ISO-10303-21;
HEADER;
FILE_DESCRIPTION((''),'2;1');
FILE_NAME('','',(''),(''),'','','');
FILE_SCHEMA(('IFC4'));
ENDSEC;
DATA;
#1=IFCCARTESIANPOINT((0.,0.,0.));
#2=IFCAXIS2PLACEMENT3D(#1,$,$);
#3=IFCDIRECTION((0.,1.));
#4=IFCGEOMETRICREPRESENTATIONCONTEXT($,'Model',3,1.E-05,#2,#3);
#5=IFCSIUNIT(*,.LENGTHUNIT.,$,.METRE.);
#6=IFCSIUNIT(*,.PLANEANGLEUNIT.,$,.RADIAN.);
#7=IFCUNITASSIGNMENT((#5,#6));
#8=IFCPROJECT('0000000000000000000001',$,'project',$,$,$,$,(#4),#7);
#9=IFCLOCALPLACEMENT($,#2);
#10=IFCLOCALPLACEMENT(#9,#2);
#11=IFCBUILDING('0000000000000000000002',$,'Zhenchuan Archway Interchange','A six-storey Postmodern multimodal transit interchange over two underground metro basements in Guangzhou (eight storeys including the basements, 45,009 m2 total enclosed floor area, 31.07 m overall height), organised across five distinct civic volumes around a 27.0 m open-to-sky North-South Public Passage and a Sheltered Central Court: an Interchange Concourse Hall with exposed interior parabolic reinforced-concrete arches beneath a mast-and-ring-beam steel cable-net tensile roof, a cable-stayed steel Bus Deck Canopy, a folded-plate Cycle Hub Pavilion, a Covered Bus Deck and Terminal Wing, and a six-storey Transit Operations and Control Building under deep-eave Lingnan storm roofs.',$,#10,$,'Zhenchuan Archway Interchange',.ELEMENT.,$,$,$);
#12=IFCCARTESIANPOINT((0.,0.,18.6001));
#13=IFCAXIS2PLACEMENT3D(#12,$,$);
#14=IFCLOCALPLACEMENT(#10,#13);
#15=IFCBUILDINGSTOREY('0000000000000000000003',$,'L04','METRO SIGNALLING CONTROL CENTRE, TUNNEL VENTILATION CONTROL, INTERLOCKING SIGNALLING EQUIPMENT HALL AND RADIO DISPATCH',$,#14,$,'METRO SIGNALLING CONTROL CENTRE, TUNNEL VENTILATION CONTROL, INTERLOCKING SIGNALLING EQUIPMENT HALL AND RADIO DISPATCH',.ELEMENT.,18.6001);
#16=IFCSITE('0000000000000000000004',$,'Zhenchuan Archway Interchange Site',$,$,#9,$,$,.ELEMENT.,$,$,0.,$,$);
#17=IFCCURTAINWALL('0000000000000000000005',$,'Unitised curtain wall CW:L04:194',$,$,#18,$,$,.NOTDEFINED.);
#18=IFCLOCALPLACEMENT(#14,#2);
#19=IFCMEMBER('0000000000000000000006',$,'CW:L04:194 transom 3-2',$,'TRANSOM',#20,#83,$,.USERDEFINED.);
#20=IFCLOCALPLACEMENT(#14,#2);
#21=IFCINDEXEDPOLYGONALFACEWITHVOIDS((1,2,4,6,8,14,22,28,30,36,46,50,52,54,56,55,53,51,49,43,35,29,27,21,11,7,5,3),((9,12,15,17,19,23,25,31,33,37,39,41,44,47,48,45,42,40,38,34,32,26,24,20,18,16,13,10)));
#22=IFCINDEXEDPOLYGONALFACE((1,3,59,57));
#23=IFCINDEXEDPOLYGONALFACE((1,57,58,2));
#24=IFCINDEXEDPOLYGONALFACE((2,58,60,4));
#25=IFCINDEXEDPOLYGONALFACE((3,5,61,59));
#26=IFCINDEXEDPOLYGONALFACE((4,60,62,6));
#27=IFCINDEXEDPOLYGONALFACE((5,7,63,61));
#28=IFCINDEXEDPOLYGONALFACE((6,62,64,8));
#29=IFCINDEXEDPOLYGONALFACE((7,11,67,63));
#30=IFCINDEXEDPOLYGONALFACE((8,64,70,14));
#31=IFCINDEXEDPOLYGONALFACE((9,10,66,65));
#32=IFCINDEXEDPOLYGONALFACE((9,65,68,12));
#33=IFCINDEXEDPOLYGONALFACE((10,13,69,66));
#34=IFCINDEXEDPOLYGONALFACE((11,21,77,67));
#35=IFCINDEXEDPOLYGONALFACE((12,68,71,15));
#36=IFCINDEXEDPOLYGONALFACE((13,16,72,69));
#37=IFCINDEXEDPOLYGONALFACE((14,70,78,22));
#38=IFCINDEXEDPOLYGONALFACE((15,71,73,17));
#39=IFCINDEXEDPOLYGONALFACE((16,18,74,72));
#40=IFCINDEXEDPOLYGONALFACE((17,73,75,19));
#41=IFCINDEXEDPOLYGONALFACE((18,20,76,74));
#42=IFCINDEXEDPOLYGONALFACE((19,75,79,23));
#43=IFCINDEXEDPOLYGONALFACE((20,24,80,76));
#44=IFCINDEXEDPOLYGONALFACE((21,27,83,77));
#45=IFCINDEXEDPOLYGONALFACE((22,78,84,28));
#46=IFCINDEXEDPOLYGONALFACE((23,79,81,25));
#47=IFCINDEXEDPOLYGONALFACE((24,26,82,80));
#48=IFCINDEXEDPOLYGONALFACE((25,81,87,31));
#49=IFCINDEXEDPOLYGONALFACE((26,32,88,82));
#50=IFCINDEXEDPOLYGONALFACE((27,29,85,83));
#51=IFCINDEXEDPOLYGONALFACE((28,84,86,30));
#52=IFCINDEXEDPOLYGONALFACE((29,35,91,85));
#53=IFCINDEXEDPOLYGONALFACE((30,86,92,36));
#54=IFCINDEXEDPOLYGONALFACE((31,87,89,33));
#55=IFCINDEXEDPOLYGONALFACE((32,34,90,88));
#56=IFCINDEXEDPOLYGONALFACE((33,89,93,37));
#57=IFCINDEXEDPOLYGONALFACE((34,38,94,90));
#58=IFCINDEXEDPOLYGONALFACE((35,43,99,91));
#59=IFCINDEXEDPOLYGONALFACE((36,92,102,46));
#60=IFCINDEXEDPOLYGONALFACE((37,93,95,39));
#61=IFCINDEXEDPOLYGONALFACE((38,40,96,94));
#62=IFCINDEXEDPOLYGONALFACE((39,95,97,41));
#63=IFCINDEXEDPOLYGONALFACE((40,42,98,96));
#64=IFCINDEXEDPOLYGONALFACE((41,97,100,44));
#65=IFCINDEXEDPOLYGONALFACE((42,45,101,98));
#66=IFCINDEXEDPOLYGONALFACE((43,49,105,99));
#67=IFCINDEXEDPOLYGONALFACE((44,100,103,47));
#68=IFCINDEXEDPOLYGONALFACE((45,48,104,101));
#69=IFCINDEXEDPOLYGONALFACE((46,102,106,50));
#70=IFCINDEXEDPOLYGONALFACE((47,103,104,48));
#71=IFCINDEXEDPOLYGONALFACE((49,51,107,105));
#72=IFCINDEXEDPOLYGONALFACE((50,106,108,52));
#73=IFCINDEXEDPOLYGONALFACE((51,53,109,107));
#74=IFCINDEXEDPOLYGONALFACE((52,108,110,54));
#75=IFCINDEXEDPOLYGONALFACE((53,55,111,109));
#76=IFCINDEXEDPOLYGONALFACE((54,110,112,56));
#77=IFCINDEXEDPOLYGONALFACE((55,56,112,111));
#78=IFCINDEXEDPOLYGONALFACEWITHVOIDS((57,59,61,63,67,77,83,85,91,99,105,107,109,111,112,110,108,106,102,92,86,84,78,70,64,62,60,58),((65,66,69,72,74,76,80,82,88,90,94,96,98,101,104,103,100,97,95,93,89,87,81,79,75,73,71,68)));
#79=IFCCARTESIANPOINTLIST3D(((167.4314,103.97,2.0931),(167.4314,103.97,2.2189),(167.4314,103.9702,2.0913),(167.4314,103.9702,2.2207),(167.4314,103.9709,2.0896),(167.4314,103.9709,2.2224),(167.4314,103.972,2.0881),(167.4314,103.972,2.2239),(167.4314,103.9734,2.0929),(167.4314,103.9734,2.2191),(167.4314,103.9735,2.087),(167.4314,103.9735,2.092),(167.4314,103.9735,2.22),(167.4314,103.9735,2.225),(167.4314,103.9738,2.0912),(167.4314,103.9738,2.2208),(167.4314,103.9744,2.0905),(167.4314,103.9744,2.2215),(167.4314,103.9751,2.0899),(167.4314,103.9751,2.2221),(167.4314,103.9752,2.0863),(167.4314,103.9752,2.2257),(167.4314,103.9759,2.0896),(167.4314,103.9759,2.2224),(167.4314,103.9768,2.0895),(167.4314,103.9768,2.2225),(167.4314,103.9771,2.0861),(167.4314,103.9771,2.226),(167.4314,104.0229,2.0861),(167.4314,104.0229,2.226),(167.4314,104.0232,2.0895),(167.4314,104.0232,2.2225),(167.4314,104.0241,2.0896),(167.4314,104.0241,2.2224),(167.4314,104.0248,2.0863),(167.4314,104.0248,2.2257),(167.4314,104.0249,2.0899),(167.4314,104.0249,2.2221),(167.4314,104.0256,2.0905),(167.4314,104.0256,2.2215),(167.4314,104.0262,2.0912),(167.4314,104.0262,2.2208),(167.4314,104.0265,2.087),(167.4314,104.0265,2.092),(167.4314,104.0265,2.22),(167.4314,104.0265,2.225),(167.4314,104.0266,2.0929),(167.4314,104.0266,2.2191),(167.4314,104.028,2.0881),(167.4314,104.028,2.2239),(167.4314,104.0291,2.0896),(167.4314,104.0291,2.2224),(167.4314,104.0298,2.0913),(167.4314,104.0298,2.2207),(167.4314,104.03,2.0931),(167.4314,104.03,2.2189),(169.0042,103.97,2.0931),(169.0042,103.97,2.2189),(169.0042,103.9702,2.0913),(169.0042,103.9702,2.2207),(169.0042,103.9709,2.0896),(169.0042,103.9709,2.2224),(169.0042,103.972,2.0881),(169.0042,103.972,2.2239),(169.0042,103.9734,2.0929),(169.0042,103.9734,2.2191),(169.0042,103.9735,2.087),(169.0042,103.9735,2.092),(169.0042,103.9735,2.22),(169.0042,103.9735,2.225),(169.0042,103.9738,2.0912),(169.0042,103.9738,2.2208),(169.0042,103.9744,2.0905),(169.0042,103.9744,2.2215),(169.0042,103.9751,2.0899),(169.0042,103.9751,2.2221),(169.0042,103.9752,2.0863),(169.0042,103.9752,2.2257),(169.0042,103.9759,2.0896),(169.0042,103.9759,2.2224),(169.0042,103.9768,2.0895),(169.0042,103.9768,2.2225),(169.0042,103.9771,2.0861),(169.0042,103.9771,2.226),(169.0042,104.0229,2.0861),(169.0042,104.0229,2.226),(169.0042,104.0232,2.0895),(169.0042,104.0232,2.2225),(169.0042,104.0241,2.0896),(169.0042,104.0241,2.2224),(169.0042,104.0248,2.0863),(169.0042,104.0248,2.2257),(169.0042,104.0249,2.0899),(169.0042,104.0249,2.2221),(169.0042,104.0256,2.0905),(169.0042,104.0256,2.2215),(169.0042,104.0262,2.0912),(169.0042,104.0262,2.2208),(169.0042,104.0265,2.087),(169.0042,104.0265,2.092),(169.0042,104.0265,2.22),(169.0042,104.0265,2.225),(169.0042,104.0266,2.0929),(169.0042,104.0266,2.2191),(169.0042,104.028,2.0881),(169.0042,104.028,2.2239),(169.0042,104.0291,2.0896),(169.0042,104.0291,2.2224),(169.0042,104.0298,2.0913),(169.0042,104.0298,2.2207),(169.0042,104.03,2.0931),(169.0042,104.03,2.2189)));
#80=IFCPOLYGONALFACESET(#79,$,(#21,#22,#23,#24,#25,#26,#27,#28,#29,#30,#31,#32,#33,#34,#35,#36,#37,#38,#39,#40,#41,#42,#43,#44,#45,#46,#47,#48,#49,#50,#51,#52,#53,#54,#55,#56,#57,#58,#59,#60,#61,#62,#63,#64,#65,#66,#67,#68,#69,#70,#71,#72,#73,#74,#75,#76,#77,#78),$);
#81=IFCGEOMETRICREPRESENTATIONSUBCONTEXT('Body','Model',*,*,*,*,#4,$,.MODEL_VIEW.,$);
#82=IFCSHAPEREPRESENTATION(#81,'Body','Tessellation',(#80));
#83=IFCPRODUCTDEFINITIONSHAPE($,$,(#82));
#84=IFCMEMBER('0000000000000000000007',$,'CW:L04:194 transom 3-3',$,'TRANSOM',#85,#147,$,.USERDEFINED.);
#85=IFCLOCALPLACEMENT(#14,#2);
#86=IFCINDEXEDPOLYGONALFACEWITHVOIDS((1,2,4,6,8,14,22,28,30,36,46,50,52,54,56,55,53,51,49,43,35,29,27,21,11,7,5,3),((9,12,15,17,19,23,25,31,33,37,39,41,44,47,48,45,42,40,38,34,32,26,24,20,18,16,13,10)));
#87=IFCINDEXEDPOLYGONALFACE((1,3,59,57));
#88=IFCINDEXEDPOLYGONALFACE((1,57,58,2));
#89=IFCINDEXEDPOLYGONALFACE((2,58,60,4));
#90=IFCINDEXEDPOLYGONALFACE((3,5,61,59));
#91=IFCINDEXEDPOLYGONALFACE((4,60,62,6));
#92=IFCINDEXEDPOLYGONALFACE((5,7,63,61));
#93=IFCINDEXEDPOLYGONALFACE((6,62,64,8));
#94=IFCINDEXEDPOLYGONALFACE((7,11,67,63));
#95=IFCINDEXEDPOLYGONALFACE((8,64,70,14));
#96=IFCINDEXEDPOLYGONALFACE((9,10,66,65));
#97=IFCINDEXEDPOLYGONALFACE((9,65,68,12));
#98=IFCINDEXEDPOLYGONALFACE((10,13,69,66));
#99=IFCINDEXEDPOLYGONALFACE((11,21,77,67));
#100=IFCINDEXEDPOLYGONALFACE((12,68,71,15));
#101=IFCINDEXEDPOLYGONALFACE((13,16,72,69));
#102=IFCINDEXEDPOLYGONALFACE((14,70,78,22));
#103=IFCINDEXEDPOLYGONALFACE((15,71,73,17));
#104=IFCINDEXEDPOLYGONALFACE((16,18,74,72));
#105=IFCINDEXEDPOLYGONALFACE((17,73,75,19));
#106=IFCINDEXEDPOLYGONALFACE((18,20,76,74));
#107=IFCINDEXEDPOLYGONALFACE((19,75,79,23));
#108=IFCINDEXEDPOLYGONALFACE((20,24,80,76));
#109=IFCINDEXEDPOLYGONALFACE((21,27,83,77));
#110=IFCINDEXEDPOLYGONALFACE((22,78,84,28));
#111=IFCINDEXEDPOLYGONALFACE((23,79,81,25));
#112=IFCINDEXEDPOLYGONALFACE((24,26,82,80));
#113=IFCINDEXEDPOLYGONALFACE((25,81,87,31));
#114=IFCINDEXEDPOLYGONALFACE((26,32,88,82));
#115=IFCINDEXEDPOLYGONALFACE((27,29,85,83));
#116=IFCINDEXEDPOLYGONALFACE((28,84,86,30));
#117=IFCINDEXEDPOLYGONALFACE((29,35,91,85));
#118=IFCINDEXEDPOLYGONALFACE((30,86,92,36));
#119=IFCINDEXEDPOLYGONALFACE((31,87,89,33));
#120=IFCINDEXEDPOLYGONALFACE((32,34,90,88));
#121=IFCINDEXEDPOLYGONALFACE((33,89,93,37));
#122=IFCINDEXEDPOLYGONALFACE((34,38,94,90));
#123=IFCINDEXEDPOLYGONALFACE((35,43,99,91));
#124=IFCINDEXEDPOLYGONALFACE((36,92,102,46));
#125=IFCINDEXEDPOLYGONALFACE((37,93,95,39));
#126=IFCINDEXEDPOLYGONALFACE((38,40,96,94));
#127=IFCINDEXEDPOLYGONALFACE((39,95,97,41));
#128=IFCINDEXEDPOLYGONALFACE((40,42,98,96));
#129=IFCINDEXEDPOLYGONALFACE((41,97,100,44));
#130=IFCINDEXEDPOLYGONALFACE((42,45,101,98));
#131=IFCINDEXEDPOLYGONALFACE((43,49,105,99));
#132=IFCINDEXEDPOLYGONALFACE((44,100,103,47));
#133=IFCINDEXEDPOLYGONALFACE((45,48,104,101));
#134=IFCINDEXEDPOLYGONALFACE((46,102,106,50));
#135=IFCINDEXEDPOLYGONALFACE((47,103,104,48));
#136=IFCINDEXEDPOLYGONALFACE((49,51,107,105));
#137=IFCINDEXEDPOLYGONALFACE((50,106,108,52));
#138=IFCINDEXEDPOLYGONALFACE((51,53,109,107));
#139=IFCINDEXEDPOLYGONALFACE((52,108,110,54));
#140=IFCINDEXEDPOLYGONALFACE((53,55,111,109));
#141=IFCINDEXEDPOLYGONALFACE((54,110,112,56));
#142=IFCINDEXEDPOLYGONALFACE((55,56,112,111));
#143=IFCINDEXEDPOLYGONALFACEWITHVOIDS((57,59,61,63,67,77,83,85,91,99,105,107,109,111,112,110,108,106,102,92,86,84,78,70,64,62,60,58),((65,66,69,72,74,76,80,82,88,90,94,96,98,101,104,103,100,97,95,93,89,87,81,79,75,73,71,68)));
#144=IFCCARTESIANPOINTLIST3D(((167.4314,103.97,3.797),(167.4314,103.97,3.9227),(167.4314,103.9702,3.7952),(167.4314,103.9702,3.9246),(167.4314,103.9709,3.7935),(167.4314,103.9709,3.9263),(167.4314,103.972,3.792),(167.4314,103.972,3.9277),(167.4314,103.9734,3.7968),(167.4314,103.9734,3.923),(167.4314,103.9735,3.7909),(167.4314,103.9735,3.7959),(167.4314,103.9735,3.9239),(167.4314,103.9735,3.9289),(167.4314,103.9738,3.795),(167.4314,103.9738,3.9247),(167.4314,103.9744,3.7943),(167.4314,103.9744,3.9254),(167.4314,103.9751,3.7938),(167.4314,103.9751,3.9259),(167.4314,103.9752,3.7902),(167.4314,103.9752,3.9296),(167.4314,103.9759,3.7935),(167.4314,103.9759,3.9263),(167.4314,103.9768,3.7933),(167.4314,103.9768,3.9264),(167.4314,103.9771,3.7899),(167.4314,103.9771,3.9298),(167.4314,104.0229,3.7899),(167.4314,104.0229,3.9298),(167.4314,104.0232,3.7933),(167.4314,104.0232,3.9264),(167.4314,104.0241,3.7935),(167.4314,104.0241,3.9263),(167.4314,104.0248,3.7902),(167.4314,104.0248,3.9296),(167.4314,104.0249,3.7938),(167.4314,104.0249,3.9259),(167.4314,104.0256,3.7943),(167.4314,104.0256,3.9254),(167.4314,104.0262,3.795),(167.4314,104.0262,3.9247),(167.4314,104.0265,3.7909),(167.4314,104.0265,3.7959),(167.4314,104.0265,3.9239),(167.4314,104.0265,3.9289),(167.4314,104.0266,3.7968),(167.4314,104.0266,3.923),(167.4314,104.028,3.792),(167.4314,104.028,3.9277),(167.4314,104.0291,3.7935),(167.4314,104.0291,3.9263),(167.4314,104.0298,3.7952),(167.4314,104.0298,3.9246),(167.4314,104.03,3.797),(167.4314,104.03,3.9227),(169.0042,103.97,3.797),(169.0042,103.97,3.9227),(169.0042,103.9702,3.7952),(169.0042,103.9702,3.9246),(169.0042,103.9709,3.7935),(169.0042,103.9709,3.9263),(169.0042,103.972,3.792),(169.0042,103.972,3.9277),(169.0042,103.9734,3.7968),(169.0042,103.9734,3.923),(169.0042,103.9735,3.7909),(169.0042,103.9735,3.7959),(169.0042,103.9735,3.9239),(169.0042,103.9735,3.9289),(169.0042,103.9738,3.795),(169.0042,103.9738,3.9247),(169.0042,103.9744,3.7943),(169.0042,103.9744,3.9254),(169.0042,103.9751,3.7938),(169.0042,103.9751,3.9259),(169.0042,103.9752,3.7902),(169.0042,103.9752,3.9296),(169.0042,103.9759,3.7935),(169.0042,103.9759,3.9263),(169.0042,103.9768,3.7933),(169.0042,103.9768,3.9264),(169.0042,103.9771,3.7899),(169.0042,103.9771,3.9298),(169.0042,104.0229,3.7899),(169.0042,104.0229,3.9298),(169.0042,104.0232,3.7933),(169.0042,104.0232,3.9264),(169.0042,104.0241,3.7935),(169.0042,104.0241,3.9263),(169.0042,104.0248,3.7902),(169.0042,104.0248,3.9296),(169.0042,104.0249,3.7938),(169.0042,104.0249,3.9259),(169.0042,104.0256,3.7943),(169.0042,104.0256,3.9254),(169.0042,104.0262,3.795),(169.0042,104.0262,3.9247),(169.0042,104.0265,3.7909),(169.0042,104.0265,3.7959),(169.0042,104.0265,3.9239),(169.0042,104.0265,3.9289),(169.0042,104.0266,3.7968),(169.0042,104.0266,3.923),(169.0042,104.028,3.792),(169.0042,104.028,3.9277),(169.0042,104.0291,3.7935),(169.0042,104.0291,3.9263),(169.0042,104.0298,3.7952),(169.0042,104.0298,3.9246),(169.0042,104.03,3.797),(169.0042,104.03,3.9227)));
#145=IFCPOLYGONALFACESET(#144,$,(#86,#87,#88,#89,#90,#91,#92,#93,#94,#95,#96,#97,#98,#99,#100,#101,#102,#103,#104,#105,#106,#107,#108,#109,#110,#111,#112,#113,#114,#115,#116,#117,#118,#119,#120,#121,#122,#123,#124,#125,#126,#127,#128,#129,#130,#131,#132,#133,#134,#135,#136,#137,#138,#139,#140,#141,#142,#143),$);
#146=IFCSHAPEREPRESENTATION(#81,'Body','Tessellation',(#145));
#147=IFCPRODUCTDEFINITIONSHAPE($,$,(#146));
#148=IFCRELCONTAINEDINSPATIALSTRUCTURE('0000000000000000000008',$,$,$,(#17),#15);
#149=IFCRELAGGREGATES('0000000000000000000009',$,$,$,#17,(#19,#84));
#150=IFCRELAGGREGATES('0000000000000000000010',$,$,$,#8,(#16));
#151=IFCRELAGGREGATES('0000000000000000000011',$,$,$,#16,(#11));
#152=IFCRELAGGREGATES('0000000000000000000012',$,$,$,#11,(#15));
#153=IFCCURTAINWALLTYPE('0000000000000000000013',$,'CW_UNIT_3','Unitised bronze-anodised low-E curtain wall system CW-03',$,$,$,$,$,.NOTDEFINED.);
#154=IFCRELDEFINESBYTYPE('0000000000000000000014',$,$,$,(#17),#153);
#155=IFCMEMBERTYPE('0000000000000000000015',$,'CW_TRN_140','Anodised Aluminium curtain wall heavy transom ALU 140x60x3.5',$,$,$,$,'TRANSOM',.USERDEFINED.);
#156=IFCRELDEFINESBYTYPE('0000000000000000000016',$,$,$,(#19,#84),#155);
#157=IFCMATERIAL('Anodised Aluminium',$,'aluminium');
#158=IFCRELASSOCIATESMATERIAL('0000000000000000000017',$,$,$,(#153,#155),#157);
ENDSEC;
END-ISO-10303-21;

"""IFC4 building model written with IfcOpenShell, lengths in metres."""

from ifc_helpers import new_model, si_unit, direction, frame, origin, origin_2d, place, context, subcontext, project, spatial, hollow_rectangle, extrude, material, material_profile, profile_set, type_object, element, aggregate, save


model = new_model("IFC4")

# Units and contexts
model_context = context("Model", 3, precision=1e-05, world=origin(), true_north=direction((0.0, 1.0)))
body_context = subcontext(model_context, "Body", "Model", "MODEL_VIEW")
ifc_project = project(units=[si_unit("LENGTHUNIT", "METRE"), si_unit("PLANEANGLEUNIT", "RADIAN")], contexts=[model_context])

# Site, building, storey
site_placement = place(None, origin())
site = spatial("IfcSite", under=ifc_project, at=site_placement, Name="Zhenchuan Archway Interchange Site", CompositionType="ELEMENT", RefElevation=0.0)
building_placement = place(site_placement, origin())
building = spatial("IfcBuilding", under=site, at=building_placement, Name="Zhenchuan Archway Interchange", Description="A six-storey Postmodern multimodal transit interchange over two underground metro basements in Guangzhou (eight storeys including the basements, 45,009 m2 total enclosed floor area, 31.07 m overall height), organised across five distinct civic volumes around a 27.0 m open-to-sky North-South Public Passage and a Sheltered Central Court: an Interchange Concourse Hall with exposed interior parabolic reinforced-concrete arches beneath a mast-and-ring-beam steel cable-net tensile roof, a cable-stayed steel Bus Deck Canopy, a folded-plate Cycle Hub Pavilion, a Covered Bus Deck and Terminal Wing, and a six-storey Transit Operations and Control Building under deep-eave Lingnan storm roofs.", LongName="Zhenchuan Archway Interchange", CompositionType="ELEMENT")
storey_placement = place(building_placement, frame((0.0, 0.0, 18.6001)))
storey = spatial("IfcBuildingStorey", under=building, at=storey_placement, Name="L04", Description="METRO SIGNALLING CONTROL CENTRE, TUNNEL VENTILATION CONTROL, INTERLOCKING SIGNALLING EQUIPMENT HALL AND RADIO DISPATCH", LongName="METRO SIGNALLING CONTROL CENTRE, TUNNEL VENTILATION CONTROL, INTERLOCKING SIGNALLING EQUIPMENT HALL AND RADIO DISPATCH", CompositionType="ELEMENT", Elevation=18.6001)

# Curtain wall, members
ifc_material_1 = material(Name="Anodised Aluminium", Category="aluminium")
curtain_wall_type = type_object("IfcCurtainWallType", Name="CW_UNIT_3", Description="Unitised bronze-anodised low-E curtain wall system CW-03", PredefinedType="NOTDEFINED", material=ifc_material_1)
curtain_wall_placement = place(storey_placement, origin())
curtain_wall = element("IfcCurtainWall", 1, at=curtain_wall_placement, inside=storey, type_object=curtain_wall_type, Name="Unitised curtain wall CW:L04:194", PredefinedType="NOTDEFINED")
ifc_material_profile_1 = material_profile(ifc_material_1, hollow_rectangle(XDim=0.0601, YDim=0.1399, WallThickness=0.0034, InnerFilletRadius=0.0034, OuterFilletRadius=0.0071, at=origin_2d()), Name="ALU 140x60x3.5")
ifc_profile_set_1 = profile_set([ifc_material_profile_1], Name="Anodised Aluminium")
member_type_1 = type_object("IfcMemberType", Name="CW_TRN_140", Description="Anodised Aluminium curtain wall heavy transom ALU 140x60x3.5", ElementType="TRANSOM", PredefinedType="USERDEFINED", material=ifc_profile_set_1)
member_1_placement = place(storey_placement, frame((167.4314, 104.0, 2.156), z_axis=(1.0, 0.0, 0.0), x_axis=(0.0, 1.0, 0.0)))
member_1 = element("IfcMember", 2, at=member_1_placement, type_object=member_type_1, Name="CW:L04:194 transom 3-2", ObjectType="TRANSOM", PredefinedType="USERDEFINED", context=body_context, shape_type="SweptSolid", body=[
    extrude(hollow_rectangle(XDim=0.0601, YDim=0.1399, WallThickness=0.0034, InnerFilletRadius=0.0034, OuterFilletRadius=0.0071, at=origin_2d()), origin(), (0.0, 0.0, 1.0), 1.5728),
])
member_2_placement = place(storey_placement, frame((167.4314, 104.0, 3.8599), z_axis=(1.0, 0.0, 0.0), x_axis=(0.0, 1.0, 0.0)))
member_2 = element("IfcMember", 3, at=member_2_placement, type_object=member_type_1, Name="CW:L04:194 transom 3-3", ObjectType="TRANSOM", PredefinedType="USERDEFINED", context=body_context, shape_type="SweptSolid", body=[
    extrude(hollow_rectangle(XDim=0.0601, YDim=0.1399, WallThickness=0.0034, InnerFilletRadius=0.0034, OuterFilletRadius=0.0071, at=origin_2d()), origin(), (0.0, 0.0, 1.0), 1.5728),
])

aggregate(curtain_wall, [member_1, member_2])

save(model, "model.ifc")
